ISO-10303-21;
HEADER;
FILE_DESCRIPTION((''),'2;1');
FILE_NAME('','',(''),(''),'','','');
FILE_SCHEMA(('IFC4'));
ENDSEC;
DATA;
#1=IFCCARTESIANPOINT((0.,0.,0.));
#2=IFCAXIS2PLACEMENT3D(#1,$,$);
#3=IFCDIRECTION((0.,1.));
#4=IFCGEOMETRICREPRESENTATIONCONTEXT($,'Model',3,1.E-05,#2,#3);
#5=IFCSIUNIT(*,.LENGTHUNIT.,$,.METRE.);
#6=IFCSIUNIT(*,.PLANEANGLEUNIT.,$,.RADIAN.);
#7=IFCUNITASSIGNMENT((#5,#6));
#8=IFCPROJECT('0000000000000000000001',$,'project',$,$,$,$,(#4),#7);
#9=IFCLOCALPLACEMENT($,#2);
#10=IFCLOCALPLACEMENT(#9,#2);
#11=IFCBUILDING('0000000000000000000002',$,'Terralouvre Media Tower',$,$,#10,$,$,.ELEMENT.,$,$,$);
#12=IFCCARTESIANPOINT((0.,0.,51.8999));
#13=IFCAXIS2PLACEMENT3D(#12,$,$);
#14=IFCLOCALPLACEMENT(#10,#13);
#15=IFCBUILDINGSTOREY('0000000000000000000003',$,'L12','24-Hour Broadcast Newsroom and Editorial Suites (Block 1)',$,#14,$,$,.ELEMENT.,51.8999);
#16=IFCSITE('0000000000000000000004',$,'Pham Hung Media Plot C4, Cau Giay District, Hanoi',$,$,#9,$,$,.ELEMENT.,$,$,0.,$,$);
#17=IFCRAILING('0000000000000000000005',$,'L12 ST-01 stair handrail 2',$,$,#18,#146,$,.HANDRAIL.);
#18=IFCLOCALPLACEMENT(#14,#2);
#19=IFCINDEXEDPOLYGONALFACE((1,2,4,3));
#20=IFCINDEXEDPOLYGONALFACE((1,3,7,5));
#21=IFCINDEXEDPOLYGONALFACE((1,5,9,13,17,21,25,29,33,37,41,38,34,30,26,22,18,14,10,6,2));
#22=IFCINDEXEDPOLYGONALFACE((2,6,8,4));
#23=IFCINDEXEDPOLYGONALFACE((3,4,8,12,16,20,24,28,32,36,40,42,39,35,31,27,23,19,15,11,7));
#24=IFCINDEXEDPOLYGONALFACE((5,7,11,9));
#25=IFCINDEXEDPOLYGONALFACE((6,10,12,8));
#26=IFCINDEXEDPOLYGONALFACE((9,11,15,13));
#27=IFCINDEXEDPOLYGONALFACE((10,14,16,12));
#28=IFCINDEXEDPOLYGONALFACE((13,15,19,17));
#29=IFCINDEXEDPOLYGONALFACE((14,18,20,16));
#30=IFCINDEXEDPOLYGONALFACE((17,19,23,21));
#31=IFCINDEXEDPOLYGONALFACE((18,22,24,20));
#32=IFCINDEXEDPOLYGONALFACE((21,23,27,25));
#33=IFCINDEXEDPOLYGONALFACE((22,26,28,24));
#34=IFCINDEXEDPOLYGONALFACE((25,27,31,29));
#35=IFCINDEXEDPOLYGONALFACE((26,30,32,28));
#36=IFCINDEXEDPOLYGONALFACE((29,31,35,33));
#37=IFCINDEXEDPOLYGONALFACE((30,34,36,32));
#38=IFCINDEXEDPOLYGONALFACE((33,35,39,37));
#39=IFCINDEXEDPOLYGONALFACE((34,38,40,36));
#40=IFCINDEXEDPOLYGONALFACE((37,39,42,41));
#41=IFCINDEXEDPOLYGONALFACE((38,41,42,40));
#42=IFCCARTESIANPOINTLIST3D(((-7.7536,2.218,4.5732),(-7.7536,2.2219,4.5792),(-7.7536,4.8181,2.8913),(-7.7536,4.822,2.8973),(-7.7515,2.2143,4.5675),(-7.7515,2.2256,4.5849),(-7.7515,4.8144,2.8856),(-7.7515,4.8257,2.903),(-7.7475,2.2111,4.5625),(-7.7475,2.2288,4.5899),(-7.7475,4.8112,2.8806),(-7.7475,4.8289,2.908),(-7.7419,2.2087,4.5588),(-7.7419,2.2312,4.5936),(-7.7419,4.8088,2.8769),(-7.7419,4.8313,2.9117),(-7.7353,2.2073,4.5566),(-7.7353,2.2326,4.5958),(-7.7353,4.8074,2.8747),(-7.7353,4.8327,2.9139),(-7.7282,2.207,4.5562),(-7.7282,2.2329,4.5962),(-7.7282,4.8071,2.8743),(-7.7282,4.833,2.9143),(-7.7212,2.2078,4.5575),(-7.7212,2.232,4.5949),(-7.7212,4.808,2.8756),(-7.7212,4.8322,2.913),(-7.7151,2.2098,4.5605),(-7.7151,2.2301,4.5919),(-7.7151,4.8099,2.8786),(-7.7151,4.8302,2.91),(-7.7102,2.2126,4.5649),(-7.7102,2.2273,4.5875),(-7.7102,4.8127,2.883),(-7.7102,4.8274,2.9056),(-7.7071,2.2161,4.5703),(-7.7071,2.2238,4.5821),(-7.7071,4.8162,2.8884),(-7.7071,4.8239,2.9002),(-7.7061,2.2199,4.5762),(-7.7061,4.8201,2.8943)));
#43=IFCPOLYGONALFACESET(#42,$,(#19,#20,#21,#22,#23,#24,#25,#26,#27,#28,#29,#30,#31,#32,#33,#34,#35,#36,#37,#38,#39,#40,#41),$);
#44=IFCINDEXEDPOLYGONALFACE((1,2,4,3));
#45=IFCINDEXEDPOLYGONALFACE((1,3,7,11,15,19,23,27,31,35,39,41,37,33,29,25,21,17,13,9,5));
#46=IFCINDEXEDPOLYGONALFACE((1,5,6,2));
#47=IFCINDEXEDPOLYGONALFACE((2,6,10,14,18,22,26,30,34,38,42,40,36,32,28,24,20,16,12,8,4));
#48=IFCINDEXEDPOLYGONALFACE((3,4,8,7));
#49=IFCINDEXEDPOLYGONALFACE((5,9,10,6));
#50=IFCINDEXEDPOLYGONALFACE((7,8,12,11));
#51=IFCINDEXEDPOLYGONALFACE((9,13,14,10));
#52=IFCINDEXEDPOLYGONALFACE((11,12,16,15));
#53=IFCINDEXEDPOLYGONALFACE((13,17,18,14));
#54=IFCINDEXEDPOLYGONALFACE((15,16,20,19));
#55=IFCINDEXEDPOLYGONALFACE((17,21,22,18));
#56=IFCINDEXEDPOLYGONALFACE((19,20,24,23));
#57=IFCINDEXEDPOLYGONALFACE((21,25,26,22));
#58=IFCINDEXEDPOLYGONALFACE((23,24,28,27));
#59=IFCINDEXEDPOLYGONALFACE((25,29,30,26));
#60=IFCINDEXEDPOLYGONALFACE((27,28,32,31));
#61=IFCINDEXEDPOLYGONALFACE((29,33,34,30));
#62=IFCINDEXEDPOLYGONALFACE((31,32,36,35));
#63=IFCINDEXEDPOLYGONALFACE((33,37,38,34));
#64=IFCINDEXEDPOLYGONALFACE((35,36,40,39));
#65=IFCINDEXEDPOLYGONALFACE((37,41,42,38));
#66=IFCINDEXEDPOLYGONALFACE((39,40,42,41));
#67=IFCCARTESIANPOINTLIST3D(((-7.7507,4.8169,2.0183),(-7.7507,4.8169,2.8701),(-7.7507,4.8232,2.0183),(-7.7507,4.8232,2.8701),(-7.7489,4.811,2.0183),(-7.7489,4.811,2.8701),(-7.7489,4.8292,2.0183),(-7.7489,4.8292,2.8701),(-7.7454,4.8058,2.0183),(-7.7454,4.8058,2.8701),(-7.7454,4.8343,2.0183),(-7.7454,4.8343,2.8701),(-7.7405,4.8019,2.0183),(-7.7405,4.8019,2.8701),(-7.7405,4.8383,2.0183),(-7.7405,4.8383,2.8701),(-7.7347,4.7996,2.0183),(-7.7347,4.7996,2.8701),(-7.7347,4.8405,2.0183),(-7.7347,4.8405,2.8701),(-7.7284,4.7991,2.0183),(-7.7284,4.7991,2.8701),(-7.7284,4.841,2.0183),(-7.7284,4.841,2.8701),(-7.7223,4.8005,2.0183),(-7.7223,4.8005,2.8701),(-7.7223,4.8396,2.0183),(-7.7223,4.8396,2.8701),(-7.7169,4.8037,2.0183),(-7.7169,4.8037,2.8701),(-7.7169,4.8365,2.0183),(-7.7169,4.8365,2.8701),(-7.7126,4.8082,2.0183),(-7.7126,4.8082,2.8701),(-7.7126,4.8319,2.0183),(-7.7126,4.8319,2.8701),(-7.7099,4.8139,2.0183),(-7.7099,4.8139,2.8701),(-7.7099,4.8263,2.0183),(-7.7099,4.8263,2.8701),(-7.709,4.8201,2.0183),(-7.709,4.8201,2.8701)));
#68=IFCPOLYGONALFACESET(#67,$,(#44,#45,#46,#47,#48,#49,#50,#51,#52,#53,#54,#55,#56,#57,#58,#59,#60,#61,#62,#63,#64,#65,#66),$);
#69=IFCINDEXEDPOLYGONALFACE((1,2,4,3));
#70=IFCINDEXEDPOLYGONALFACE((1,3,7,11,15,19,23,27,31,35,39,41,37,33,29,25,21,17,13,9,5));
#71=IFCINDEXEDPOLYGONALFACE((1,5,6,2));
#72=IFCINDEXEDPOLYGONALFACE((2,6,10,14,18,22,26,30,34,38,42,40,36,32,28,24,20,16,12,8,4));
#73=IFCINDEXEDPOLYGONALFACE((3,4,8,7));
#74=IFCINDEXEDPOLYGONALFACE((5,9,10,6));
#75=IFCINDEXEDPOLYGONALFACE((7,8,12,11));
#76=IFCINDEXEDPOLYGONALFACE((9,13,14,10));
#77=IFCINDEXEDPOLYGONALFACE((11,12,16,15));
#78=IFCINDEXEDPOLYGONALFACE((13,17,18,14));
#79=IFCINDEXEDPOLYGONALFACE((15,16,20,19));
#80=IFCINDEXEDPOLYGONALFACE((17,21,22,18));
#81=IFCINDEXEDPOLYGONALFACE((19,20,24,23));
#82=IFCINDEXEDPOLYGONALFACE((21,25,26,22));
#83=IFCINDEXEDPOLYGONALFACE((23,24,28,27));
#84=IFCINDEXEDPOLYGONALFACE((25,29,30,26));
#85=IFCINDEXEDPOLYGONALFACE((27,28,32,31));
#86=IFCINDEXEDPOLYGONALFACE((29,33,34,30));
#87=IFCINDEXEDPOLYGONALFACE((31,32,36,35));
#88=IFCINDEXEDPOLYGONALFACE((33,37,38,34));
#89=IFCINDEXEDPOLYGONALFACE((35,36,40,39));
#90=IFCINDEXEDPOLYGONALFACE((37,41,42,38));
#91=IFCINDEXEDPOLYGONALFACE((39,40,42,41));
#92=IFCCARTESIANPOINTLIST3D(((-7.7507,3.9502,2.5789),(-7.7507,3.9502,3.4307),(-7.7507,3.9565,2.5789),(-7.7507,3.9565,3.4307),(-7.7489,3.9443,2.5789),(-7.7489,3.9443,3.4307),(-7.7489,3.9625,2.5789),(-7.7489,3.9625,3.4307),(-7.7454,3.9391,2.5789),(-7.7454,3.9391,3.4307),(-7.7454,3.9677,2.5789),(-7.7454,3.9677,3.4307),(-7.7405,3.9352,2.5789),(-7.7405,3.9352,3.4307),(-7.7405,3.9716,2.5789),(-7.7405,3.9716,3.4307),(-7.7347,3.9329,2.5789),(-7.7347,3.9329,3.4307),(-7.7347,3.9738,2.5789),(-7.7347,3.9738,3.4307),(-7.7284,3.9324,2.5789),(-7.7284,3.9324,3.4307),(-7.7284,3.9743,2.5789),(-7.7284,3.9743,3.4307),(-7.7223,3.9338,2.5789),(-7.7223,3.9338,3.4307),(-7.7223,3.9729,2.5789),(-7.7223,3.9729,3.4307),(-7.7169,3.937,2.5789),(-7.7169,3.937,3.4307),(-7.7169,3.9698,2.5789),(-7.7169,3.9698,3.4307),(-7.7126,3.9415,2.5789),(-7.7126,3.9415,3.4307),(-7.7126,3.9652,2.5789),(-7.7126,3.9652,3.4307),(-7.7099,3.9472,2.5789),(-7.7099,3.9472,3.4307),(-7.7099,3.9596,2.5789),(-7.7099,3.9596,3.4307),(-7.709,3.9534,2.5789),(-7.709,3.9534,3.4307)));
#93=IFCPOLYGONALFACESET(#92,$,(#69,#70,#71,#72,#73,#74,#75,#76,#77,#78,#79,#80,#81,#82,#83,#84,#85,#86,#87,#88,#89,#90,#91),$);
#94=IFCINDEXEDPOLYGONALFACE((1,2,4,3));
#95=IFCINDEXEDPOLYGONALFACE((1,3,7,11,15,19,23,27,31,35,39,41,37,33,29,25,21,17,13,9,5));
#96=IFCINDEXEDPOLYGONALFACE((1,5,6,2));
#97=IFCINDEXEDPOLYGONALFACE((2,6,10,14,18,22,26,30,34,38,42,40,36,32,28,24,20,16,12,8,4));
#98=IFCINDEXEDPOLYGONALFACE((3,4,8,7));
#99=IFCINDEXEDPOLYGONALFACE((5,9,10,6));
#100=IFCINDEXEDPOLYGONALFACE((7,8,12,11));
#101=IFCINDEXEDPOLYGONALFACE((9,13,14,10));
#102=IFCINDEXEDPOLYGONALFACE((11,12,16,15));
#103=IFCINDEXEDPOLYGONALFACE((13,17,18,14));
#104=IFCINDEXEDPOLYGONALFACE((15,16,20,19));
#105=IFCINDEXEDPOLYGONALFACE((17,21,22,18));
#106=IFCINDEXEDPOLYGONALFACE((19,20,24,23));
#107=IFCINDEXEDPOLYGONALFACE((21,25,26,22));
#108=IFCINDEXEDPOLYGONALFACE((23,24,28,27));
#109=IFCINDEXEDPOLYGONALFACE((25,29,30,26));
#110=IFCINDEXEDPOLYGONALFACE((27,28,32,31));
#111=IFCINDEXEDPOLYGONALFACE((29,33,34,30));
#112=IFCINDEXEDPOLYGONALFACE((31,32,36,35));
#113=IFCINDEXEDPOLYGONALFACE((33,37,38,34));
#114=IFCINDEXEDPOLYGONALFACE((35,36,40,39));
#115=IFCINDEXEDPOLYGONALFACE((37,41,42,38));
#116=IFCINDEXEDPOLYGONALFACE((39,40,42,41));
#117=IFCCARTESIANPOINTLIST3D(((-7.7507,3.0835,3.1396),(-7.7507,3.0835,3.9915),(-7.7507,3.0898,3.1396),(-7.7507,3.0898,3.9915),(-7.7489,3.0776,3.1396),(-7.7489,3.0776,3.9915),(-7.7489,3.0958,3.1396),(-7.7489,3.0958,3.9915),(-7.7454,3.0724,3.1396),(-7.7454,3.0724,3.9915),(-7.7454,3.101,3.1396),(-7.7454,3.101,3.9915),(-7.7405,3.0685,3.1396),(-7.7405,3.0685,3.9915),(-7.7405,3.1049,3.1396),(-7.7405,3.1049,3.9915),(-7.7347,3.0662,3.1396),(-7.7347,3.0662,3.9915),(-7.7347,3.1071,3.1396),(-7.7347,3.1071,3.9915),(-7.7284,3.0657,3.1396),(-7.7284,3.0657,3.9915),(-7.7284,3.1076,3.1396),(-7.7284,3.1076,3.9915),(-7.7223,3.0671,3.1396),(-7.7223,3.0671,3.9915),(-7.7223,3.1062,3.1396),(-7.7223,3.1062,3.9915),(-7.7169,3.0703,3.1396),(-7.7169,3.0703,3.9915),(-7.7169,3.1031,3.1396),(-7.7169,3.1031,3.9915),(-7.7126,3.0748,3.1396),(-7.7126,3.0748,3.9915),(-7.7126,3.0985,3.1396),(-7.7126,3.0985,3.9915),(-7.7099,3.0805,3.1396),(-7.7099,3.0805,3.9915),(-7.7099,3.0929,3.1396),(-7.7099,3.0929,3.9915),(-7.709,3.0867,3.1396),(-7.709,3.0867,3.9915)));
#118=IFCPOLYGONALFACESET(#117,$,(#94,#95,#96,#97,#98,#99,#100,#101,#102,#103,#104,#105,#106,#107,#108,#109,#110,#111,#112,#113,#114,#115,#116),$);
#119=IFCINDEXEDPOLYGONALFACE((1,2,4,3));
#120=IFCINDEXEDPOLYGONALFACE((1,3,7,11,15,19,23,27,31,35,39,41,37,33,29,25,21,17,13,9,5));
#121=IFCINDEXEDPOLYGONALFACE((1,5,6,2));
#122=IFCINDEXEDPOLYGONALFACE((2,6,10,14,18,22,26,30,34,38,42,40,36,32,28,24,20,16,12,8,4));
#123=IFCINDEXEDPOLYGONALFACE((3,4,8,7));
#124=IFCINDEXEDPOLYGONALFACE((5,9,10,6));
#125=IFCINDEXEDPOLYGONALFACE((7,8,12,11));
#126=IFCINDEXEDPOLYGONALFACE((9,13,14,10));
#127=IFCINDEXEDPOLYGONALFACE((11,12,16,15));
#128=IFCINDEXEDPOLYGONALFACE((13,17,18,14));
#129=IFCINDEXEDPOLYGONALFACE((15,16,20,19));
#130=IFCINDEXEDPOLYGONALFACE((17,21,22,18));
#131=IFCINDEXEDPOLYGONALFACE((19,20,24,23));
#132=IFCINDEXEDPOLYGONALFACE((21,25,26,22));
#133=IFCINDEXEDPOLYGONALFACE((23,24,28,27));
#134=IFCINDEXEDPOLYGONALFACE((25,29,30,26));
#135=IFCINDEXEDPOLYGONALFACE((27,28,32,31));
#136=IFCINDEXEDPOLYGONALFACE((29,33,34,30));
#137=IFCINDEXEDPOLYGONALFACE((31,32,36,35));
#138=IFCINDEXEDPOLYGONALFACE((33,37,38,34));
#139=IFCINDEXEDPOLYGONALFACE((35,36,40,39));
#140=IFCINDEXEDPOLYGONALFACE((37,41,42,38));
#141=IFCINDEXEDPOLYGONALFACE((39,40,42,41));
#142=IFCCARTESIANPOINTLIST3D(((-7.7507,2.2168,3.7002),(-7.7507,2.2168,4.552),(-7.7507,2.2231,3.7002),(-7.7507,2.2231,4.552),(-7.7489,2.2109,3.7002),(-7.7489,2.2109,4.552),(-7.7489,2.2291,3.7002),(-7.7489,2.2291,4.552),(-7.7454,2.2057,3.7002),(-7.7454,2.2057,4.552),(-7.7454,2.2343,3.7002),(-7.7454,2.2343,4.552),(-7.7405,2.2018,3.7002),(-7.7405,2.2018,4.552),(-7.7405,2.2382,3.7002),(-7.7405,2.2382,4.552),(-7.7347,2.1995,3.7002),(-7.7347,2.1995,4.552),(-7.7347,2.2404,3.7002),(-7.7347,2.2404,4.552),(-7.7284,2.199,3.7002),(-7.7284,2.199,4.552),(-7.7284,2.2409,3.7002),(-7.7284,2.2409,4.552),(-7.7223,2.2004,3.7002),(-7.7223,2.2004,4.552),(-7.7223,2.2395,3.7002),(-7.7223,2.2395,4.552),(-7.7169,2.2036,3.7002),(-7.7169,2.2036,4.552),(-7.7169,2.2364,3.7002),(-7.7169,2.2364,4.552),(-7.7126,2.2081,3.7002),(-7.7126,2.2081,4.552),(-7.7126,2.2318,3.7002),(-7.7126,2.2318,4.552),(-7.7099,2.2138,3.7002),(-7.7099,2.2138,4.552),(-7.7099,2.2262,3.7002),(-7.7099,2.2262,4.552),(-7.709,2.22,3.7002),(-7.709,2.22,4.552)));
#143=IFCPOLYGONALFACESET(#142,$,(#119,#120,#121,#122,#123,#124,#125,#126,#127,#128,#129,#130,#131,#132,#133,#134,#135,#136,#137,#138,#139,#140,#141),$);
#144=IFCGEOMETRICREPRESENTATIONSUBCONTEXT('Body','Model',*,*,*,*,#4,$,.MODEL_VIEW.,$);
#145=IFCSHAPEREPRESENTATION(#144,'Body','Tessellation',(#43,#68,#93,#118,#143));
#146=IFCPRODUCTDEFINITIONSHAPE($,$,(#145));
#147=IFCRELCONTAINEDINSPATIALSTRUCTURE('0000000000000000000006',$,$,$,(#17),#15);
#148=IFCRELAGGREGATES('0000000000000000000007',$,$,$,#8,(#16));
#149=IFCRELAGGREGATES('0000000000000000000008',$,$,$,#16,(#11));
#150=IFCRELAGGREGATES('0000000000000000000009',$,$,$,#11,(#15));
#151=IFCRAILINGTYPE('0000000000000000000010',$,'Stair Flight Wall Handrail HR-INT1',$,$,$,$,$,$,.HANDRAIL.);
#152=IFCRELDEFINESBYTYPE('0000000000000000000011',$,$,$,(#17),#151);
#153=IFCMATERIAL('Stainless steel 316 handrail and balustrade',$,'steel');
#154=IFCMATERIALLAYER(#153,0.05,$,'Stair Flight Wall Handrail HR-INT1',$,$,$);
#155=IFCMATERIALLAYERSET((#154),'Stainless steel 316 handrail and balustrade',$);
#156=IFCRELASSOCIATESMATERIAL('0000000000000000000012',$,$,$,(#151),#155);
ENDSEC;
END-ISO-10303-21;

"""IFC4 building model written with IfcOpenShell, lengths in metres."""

from ifc_helpers import new_model, si_unit, direction, frame, origin, origin_2d, place, context, subcontext, project, spatial, circle, extrude, material, layer, layer_set, type_object, element, save


model = new_model("IFC4")

# Units and contexts
model_context = context("Model", 3, precision=1e-05, world=origin(), true_north=direction((0.0, 1.0)))
body_context = subcontext(model_context, "Body", "Model", "MODEL_VIEW")
ifc_project = project(units=[si_unit("LENGTHUNIT", "METRE"), si_unit("PLANEANGLEUNIT", "RADIAN")], contexts=[model_context])

# Site, building, storey
site_placement = place(None, origin())
site = spatial("IfcSite", under=ifc_project, at=site_placement, Name="Pham Hung Media Plot C4, Cau Giay District, Hanoi", CompositionType="ELEMENT", RefElevation=0.0)
building_placement = place(site_placement, origin())
building = spatial("IfcBuilding", under=site, at=building_placement, Name="Terralouvre Media Tower", CompositionType="ELEMENT")
storey_placement = place(building_placement, frame((0.0, 0.0, 51.8999)))
storey = spatial("IfcBuildingStorey", under=building, at=storey_placement, Name="L12", Description="24-Hour Broadcast Newsroom and Editorial Suites (Block 1)", CompositionType="ELEMENT", Elevation=51.8999)

# Railing
ifc_material_1 = material(Name="Stainless steel 316 handrail and balustrade", Category="steel")
ifc_layer_1 = layer(ifc_material_1, 0.05, Name="Stair Flight Wall Handrail HR-INT1")
ifc_layer_set_1 = layer_set([ifc_layer_1], Name="Stainless steel 316 handrail and balustrade")
railing_type_1 = type_object("IfcRailingType", Name="Stair Flight Wall Handrail HR-INT1", PredefinedType="HANDRAIL", material=ifc_layer_set_1)
railing_1_placement = place(storey_placement, frame((-7.73, 4.8201, 2.0183)))
element("IfcRailing", 1, at=railing_1_placement, inside=storey, type_object=railing_type_1, Name="L12 ST-01 stair handrail 2", PredefinedType="HANDRAIL", context=body_context, shape_type="SweptSolid", body=[
    extrude(circle(Radius=0.0239, at=origin_2d()), frame((0.0, 0.0, 0.876), z_axis=(0.0, -0.839648, 0.54313), x_axis=(1.0, 0.0, 0.0)), (0.0, 0.0, 1.0), 3.0967),
    extrude(circle(Radius=0.021, at=origin_2d()), origin(), (0.0, 0.0, 1.0), 0.8518),
    extrude(circle(Radius=0.021, at=origin_2d()), frame((0.0, -0.8667, 0.5605)), (0.0, 0.0, 1.0), 0.8518),
    extrude(circle(Radius=0.021, at=origin_2d()), frame((0.0, -1.7334, 1.1213)), (0.0, 0.0, 1.0), 0.8518),
    extrude(circle(Radius=0.021, at=origin_2d()), frame((0.0, -2.6001, 1.6819)), (0.0, 0.0, 1.0), 0.8518),
])

save(model, "model.ifc")
